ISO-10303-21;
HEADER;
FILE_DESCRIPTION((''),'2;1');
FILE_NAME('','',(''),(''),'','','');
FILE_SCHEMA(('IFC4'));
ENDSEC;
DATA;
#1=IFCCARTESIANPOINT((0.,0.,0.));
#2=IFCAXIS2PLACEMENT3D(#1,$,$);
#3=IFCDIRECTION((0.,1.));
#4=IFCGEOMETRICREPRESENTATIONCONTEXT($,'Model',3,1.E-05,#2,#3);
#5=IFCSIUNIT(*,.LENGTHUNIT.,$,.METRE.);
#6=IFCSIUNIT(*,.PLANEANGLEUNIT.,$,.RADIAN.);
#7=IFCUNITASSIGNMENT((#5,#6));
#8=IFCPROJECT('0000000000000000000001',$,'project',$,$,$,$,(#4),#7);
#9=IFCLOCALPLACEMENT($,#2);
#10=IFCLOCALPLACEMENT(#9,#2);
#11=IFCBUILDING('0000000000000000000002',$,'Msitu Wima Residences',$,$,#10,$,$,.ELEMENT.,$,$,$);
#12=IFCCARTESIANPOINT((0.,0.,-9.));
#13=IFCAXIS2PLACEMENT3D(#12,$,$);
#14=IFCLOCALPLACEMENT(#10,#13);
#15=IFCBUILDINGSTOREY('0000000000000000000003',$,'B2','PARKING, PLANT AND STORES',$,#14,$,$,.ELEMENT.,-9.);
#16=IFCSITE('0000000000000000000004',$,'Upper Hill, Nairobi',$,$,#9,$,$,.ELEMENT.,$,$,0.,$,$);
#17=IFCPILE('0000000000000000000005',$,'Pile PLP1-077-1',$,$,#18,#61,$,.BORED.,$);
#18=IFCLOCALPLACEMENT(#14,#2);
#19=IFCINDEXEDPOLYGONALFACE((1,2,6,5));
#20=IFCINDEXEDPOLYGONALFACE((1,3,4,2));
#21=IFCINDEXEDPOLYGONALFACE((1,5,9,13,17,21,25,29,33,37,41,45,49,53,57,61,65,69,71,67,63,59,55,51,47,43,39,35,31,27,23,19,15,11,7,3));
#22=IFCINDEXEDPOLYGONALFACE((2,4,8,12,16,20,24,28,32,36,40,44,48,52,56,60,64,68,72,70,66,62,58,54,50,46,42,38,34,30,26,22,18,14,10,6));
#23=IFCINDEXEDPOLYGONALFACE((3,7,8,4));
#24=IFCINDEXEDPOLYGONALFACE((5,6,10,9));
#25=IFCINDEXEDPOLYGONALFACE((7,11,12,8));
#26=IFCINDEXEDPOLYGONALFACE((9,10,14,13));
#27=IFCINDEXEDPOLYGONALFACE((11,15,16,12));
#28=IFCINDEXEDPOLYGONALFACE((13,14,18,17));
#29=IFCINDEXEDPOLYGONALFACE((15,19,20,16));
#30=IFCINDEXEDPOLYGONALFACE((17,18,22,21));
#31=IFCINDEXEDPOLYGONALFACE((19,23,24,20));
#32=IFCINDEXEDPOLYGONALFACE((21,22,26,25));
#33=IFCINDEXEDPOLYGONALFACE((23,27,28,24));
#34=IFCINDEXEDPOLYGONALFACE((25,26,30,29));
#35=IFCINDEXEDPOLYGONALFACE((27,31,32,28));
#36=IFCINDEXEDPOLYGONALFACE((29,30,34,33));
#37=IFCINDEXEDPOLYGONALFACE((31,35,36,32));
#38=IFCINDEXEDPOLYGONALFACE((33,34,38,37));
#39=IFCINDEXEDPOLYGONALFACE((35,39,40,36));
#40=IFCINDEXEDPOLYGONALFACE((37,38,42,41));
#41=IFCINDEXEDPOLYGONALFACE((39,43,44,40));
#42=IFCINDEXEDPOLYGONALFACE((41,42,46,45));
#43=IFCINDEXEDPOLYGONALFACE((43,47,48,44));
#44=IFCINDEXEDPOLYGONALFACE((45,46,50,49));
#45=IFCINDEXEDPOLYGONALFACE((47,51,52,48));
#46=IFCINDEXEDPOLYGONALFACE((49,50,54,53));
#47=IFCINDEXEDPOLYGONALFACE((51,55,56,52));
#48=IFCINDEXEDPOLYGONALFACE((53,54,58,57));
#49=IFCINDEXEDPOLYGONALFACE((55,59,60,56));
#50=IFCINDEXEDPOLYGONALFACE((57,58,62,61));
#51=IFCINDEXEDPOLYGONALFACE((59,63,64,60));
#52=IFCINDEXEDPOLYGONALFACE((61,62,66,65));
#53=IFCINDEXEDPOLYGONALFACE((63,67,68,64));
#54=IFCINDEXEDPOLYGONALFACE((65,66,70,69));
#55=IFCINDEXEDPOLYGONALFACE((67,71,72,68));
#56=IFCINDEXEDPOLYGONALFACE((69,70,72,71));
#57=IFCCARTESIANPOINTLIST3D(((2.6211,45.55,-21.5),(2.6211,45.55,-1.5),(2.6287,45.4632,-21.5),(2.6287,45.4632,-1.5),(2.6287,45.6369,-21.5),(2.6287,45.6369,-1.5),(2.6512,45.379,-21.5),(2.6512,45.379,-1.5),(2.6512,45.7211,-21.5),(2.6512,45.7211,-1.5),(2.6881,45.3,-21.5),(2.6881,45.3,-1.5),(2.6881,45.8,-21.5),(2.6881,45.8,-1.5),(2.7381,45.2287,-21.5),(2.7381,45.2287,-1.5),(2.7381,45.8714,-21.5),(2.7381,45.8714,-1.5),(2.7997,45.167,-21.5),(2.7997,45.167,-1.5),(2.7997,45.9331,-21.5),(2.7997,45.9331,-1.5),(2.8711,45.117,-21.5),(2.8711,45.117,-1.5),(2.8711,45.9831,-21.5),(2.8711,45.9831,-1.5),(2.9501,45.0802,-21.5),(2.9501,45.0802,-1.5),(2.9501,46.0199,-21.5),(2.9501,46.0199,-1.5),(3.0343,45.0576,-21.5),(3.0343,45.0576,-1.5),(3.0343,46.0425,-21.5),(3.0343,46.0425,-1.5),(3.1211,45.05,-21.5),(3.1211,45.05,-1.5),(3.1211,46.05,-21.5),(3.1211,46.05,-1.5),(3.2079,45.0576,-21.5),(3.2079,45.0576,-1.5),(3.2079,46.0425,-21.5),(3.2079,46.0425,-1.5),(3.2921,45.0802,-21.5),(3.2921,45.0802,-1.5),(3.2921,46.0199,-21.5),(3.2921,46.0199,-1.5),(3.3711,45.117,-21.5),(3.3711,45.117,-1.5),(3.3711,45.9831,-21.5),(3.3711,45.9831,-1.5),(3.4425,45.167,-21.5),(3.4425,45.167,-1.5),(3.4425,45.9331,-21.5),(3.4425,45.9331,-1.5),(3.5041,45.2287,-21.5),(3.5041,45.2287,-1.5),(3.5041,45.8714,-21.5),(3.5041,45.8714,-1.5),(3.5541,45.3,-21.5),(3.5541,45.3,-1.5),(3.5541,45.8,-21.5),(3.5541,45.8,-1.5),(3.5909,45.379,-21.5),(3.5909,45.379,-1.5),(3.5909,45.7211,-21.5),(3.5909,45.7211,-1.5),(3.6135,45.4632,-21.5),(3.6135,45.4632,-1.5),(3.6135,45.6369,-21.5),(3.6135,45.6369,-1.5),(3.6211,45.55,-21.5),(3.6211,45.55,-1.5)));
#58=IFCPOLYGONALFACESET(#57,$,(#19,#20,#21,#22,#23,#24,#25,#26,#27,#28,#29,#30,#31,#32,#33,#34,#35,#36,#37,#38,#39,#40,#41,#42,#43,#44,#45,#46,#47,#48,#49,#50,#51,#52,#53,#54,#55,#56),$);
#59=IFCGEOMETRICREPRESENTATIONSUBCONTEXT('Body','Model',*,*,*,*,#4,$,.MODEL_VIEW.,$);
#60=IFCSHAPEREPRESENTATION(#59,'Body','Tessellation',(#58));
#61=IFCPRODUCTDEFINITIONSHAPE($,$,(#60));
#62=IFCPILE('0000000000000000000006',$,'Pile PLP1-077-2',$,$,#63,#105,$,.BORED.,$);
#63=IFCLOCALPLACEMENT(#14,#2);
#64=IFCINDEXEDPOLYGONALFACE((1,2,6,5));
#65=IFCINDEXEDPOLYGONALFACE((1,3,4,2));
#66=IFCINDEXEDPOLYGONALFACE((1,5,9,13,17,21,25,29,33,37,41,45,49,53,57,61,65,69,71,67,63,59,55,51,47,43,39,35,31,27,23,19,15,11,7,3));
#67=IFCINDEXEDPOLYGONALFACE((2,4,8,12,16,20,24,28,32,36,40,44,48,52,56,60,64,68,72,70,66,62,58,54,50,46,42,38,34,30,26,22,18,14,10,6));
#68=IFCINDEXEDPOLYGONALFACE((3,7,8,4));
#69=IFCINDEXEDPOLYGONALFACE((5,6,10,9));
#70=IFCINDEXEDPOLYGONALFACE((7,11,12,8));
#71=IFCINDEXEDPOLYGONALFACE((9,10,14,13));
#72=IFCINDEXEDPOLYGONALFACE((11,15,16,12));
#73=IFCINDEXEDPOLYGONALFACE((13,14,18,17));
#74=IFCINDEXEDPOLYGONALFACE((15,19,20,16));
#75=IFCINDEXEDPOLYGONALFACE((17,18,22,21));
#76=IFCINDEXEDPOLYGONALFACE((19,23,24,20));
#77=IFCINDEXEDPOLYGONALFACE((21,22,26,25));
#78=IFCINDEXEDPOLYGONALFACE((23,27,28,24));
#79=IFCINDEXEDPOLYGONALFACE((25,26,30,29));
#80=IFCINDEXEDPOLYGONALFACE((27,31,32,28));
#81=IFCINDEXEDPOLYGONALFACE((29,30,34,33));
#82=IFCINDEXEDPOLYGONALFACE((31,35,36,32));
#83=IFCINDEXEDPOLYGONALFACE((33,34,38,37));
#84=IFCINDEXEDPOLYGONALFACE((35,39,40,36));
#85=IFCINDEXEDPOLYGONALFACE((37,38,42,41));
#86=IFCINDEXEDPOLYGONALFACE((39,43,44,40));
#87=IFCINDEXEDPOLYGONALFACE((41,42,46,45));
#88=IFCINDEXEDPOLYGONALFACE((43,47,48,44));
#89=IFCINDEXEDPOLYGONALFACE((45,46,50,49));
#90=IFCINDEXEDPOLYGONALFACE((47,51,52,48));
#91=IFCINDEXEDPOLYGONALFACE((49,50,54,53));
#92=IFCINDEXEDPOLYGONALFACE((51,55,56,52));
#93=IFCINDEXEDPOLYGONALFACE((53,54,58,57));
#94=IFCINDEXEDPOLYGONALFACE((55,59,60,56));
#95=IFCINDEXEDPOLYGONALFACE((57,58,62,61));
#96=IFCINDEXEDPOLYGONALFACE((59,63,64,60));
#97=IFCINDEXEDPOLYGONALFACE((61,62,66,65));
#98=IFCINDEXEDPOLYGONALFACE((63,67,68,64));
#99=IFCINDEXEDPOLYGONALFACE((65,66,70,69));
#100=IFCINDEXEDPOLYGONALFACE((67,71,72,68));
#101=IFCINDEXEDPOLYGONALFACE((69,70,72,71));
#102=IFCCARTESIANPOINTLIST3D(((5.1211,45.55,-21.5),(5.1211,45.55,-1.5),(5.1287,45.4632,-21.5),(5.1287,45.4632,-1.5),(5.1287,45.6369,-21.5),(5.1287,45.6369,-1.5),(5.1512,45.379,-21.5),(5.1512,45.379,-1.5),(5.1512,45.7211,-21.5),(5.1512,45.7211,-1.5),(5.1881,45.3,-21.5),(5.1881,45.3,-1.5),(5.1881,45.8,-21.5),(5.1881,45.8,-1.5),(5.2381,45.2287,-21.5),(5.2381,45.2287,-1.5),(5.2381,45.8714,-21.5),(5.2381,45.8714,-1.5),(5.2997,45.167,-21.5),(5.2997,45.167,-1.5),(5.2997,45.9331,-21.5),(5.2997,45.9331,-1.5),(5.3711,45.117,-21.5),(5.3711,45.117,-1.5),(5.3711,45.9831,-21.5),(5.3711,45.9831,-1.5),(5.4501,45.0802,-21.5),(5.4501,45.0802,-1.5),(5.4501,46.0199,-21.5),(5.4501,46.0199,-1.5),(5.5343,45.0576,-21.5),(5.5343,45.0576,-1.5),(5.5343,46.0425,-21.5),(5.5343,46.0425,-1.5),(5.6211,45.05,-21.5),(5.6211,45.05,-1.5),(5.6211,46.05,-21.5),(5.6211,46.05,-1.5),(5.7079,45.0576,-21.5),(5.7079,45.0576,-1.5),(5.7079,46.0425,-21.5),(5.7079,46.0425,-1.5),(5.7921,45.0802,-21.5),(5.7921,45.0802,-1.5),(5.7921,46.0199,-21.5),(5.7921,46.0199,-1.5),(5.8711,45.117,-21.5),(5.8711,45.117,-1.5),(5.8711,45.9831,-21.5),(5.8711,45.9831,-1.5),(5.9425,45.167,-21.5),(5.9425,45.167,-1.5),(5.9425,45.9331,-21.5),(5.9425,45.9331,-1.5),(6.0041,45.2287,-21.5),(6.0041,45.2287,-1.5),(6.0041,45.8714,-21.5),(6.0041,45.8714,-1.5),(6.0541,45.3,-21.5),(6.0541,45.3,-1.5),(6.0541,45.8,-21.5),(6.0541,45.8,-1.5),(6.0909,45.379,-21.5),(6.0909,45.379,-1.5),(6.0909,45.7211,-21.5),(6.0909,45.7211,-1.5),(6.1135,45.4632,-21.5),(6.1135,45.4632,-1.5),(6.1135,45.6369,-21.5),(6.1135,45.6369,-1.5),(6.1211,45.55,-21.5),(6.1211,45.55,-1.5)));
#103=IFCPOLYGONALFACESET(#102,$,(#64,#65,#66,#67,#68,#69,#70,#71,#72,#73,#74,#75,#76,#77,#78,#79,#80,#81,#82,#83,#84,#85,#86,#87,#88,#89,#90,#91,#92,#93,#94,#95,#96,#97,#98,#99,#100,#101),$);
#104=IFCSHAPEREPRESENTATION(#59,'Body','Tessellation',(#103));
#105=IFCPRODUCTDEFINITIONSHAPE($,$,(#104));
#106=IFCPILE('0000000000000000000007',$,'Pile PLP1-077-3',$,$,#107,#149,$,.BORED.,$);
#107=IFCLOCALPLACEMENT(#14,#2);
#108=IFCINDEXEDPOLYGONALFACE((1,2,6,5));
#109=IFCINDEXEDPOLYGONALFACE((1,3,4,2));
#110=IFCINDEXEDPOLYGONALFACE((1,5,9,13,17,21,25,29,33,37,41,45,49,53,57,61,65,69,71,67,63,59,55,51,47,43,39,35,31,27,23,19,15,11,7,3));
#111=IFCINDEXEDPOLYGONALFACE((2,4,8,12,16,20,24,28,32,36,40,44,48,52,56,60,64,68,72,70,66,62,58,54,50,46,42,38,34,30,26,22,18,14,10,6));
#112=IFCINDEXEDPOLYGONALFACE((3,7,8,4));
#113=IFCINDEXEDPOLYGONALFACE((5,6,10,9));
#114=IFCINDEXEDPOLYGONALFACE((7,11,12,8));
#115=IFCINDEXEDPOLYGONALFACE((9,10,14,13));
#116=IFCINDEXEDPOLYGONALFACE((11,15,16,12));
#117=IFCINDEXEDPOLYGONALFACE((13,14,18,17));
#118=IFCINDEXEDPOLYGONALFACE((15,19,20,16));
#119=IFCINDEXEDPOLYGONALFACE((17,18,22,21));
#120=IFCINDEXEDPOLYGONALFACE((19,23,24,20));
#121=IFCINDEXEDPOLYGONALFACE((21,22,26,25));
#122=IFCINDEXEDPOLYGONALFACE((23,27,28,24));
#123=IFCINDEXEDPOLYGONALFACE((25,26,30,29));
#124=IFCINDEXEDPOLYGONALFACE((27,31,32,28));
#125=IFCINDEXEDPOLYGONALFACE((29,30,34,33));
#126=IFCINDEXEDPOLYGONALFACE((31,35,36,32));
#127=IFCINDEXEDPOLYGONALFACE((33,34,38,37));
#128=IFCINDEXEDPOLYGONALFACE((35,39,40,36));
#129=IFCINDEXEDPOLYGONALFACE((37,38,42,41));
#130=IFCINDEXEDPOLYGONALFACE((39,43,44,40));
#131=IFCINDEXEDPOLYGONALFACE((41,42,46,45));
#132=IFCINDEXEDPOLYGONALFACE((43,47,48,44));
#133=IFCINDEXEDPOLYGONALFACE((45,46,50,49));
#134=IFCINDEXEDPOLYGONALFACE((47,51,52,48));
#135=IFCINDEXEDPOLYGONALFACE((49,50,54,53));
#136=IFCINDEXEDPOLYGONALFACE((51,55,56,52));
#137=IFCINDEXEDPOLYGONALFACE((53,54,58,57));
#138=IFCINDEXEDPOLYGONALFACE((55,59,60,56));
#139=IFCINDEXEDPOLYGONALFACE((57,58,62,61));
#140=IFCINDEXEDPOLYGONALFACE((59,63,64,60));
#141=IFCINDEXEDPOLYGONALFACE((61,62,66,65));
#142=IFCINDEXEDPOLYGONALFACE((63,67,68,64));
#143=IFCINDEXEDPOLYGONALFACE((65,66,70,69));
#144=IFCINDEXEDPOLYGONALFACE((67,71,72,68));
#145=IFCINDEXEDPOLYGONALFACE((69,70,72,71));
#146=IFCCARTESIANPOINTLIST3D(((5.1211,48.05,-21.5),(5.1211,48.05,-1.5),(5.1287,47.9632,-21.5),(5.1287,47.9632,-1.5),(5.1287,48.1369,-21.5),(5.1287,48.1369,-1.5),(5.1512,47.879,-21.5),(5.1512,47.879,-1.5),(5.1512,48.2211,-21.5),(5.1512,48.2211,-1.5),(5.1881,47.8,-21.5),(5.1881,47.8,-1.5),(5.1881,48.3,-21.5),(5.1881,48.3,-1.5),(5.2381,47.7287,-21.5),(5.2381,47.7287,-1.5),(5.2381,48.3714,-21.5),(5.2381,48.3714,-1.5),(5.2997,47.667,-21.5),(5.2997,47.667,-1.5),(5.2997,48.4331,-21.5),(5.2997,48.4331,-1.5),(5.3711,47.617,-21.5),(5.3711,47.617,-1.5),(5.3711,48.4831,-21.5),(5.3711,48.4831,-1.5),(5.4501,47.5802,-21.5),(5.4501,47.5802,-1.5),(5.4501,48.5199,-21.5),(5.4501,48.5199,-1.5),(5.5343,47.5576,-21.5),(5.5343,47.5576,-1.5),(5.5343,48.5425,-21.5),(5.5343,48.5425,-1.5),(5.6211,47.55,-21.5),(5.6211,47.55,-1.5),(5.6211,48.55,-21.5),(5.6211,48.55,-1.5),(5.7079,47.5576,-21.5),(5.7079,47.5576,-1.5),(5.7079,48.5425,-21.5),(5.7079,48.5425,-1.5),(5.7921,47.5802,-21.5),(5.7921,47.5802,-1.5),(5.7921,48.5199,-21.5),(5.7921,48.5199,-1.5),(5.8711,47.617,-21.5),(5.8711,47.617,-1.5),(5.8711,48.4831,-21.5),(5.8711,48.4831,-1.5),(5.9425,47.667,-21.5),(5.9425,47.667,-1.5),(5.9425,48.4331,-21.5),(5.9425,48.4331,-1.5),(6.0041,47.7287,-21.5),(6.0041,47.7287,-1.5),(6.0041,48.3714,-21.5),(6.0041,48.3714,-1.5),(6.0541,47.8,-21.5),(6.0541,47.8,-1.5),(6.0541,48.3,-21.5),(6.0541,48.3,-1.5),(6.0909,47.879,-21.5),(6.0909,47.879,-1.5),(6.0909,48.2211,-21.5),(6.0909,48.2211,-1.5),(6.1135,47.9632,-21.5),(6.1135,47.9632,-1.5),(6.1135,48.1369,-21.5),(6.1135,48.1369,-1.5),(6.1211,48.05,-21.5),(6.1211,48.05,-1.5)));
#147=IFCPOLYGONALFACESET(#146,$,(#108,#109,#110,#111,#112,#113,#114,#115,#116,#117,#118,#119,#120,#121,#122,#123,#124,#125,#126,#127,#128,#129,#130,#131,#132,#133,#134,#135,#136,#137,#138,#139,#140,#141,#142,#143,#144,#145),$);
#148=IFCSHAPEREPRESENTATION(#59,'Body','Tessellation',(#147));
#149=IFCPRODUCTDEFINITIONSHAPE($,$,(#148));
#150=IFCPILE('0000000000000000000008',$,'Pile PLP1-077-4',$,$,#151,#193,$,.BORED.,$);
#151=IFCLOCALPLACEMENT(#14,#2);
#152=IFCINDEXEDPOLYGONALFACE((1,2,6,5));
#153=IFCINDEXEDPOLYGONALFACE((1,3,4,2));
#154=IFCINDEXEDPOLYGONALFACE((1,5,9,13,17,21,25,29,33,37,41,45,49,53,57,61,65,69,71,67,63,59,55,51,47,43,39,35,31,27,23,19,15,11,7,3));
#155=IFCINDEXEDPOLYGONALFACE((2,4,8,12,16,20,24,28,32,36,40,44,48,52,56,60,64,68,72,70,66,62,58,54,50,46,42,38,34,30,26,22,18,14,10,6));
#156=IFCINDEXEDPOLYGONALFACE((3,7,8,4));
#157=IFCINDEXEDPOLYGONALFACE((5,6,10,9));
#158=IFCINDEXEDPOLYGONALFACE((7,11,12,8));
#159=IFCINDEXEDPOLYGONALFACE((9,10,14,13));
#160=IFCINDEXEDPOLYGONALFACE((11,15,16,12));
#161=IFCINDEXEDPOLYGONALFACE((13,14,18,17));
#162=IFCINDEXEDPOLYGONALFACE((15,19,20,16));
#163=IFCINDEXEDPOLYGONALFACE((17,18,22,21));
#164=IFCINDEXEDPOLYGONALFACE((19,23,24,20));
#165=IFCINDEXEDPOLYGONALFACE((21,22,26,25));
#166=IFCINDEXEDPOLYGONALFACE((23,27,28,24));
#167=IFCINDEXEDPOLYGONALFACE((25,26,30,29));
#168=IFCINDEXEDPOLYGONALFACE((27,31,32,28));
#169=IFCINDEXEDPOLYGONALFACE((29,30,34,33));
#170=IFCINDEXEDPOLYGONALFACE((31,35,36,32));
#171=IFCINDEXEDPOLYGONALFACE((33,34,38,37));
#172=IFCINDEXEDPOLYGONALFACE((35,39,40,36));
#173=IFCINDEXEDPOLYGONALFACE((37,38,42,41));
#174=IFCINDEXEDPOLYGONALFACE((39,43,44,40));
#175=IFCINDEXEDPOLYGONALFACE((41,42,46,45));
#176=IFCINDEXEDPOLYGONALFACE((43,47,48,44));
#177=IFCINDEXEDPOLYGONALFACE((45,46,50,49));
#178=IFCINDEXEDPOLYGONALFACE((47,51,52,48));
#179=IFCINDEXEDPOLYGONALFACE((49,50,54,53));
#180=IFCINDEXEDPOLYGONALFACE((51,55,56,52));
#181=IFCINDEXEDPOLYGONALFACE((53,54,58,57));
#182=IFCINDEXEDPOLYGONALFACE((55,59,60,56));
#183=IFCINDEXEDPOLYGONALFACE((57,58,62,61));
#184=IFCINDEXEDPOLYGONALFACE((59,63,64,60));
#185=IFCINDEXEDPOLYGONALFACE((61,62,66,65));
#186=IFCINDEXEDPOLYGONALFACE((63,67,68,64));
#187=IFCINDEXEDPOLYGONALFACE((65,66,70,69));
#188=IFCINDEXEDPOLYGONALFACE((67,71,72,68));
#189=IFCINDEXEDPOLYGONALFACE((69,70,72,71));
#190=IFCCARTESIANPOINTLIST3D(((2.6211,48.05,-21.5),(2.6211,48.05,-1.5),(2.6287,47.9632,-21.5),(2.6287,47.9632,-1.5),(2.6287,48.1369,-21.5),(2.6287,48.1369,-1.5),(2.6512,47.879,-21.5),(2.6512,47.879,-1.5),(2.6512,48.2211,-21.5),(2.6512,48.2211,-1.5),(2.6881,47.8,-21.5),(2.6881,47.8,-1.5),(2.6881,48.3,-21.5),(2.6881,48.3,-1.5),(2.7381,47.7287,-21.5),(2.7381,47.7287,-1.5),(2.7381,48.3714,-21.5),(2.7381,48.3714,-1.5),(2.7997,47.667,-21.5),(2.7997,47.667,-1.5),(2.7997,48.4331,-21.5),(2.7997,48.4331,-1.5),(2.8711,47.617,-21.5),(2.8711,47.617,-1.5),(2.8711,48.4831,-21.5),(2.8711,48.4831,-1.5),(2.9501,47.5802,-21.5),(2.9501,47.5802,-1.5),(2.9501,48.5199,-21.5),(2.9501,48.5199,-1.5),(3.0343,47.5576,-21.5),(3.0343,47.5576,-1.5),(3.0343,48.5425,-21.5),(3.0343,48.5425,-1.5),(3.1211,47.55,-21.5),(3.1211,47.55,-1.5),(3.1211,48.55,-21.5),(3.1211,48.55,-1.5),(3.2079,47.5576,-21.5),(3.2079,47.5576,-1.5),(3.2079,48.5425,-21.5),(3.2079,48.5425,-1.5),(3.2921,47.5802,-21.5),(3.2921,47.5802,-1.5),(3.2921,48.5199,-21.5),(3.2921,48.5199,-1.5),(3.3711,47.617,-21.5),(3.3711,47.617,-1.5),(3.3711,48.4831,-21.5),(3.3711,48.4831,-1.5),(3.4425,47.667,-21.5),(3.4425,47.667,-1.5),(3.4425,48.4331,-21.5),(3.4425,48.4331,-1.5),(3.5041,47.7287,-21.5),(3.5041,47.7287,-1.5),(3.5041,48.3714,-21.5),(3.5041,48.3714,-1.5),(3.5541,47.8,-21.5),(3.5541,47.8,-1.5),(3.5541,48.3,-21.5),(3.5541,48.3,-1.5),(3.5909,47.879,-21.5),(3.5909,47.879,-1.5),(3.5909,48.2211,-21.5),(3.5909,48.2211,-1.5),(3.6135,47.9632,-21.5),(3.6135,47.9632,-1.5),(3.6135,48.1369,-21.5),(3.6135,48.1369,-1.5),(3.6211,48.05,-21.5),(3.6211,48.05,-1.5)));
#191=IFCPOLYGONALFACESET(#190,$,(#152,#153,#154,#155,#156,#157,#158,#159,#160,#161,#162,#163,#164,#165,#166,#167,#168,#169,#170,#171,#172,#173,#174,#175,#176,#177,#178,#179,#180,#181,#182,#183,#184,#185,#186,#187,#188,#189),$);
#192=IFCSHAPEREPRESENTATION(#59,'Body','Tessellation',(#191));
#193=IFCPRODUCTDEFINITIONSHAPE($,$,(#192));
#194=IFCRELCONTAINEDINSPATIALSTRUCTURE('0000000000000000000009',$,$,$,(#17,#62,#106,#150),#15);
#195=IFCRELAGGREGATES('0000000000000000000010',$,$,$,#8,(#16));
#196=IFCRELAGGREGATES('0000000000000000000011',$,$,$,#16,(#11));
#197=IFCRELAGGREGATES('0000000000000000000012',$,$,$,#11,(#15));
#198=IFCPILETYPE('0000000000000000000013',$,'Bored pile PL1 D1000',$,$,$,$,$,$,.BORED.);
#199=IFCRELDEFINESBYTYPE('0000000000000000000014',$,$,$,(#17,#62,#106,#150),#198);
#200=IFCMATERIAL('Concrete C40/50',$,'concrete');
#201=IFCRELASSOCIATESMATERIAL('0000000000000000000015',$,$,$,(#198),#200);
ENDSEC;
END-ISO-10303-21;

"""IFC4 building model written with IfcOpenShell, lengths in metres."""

from ifc_helpers import new_model, si_unit, direction, frame, origin, origin_2d, place, context, subcontext, project, spatial, circle, extrude, material, type_object, element, save


model = new_model("IFC4")

# Units and contexts
model_context = context("Model", 3, precision=1e-05, world=origin(), true_north=direction((0.0, 1.0)))
body_context = subcontext(model_context, "Body", "Model", "MODEL_VIEW")
ifc_project = project(units=[si_unit("LENGTHUNIT", "METRE"), si_unit("PLANEANGLEUNIT", "RADIAN")], contexts=[model_context])

# Site, building, storey
site_placement = place(None, origin())
site = spatial("IfcSite", under=ifc_project, at=site_placement, Name="Upper Hill, Nairobi", CompositionType="ELEMENT", RefElevation=0.0)
building_placement = place(site_placement, origin())
building = spatial("IfcBuilding", under=site, at=building_placement, Name="Msitu Wima Residences", CompositionType="ELEMENT")
storey_placement = place(building_placement, frame((0.0, 0.0, -9.0)))
storey = spatial("IfcBuildingStorey", under=building, at=storey_placement, Name="B2", Description="PARKING, PLANT AND STORES", CompositionType="ELEMENT", Elevation=-9.0)

# Piles
ifc_material_1 = material(Name="Concrete C40/50", Category="concrete")
pile_type_1 = type_object("IfcPileType", Name="Bored pile PL1 D1000", PredefinedType="BORED", material=ifc_material_1)
for number, where, z_axis, x_axis, name in (
    (1, (3.1211, 45.55, -1.5), (0.0, 0.0, -1.0), (1.0, 0.0, 0.0), "Pile PLP1-077-1"),
    (2, (5.6211, 45.55, -1.5), (0.0, 0.0, -1.0), (1.0, 0.0, 0.0), "Pile PLP1-077-2"),
    (3, (5.6211, 48.05, -1.5), (0.0, 0.0, -1.0), (1.0, 0.0, 0.0), "Pile PLP1-077-3"),
    (4, (3.1211, 48.05, -1.5), (0.0, 0.0, -1.0), (1.0, 0.0, 0.0), "Pile PLP1-077-4"),
):
    element("IfcPile", number, at=place(storey_placement, frame(where, z_axis=z_axis, x_axis=x_axis)), inside=storey, type_object=pile_type_1, Name=name, PredefinedType="BORED", context=body_context, shape_type="SweptSolid", body=[
        extrude(circle(Radius=0.5, at=origin_2d()), origin(), (0.0, 0.0, 1.0), 20.0),
    ])

save(model, "model.ifc")
